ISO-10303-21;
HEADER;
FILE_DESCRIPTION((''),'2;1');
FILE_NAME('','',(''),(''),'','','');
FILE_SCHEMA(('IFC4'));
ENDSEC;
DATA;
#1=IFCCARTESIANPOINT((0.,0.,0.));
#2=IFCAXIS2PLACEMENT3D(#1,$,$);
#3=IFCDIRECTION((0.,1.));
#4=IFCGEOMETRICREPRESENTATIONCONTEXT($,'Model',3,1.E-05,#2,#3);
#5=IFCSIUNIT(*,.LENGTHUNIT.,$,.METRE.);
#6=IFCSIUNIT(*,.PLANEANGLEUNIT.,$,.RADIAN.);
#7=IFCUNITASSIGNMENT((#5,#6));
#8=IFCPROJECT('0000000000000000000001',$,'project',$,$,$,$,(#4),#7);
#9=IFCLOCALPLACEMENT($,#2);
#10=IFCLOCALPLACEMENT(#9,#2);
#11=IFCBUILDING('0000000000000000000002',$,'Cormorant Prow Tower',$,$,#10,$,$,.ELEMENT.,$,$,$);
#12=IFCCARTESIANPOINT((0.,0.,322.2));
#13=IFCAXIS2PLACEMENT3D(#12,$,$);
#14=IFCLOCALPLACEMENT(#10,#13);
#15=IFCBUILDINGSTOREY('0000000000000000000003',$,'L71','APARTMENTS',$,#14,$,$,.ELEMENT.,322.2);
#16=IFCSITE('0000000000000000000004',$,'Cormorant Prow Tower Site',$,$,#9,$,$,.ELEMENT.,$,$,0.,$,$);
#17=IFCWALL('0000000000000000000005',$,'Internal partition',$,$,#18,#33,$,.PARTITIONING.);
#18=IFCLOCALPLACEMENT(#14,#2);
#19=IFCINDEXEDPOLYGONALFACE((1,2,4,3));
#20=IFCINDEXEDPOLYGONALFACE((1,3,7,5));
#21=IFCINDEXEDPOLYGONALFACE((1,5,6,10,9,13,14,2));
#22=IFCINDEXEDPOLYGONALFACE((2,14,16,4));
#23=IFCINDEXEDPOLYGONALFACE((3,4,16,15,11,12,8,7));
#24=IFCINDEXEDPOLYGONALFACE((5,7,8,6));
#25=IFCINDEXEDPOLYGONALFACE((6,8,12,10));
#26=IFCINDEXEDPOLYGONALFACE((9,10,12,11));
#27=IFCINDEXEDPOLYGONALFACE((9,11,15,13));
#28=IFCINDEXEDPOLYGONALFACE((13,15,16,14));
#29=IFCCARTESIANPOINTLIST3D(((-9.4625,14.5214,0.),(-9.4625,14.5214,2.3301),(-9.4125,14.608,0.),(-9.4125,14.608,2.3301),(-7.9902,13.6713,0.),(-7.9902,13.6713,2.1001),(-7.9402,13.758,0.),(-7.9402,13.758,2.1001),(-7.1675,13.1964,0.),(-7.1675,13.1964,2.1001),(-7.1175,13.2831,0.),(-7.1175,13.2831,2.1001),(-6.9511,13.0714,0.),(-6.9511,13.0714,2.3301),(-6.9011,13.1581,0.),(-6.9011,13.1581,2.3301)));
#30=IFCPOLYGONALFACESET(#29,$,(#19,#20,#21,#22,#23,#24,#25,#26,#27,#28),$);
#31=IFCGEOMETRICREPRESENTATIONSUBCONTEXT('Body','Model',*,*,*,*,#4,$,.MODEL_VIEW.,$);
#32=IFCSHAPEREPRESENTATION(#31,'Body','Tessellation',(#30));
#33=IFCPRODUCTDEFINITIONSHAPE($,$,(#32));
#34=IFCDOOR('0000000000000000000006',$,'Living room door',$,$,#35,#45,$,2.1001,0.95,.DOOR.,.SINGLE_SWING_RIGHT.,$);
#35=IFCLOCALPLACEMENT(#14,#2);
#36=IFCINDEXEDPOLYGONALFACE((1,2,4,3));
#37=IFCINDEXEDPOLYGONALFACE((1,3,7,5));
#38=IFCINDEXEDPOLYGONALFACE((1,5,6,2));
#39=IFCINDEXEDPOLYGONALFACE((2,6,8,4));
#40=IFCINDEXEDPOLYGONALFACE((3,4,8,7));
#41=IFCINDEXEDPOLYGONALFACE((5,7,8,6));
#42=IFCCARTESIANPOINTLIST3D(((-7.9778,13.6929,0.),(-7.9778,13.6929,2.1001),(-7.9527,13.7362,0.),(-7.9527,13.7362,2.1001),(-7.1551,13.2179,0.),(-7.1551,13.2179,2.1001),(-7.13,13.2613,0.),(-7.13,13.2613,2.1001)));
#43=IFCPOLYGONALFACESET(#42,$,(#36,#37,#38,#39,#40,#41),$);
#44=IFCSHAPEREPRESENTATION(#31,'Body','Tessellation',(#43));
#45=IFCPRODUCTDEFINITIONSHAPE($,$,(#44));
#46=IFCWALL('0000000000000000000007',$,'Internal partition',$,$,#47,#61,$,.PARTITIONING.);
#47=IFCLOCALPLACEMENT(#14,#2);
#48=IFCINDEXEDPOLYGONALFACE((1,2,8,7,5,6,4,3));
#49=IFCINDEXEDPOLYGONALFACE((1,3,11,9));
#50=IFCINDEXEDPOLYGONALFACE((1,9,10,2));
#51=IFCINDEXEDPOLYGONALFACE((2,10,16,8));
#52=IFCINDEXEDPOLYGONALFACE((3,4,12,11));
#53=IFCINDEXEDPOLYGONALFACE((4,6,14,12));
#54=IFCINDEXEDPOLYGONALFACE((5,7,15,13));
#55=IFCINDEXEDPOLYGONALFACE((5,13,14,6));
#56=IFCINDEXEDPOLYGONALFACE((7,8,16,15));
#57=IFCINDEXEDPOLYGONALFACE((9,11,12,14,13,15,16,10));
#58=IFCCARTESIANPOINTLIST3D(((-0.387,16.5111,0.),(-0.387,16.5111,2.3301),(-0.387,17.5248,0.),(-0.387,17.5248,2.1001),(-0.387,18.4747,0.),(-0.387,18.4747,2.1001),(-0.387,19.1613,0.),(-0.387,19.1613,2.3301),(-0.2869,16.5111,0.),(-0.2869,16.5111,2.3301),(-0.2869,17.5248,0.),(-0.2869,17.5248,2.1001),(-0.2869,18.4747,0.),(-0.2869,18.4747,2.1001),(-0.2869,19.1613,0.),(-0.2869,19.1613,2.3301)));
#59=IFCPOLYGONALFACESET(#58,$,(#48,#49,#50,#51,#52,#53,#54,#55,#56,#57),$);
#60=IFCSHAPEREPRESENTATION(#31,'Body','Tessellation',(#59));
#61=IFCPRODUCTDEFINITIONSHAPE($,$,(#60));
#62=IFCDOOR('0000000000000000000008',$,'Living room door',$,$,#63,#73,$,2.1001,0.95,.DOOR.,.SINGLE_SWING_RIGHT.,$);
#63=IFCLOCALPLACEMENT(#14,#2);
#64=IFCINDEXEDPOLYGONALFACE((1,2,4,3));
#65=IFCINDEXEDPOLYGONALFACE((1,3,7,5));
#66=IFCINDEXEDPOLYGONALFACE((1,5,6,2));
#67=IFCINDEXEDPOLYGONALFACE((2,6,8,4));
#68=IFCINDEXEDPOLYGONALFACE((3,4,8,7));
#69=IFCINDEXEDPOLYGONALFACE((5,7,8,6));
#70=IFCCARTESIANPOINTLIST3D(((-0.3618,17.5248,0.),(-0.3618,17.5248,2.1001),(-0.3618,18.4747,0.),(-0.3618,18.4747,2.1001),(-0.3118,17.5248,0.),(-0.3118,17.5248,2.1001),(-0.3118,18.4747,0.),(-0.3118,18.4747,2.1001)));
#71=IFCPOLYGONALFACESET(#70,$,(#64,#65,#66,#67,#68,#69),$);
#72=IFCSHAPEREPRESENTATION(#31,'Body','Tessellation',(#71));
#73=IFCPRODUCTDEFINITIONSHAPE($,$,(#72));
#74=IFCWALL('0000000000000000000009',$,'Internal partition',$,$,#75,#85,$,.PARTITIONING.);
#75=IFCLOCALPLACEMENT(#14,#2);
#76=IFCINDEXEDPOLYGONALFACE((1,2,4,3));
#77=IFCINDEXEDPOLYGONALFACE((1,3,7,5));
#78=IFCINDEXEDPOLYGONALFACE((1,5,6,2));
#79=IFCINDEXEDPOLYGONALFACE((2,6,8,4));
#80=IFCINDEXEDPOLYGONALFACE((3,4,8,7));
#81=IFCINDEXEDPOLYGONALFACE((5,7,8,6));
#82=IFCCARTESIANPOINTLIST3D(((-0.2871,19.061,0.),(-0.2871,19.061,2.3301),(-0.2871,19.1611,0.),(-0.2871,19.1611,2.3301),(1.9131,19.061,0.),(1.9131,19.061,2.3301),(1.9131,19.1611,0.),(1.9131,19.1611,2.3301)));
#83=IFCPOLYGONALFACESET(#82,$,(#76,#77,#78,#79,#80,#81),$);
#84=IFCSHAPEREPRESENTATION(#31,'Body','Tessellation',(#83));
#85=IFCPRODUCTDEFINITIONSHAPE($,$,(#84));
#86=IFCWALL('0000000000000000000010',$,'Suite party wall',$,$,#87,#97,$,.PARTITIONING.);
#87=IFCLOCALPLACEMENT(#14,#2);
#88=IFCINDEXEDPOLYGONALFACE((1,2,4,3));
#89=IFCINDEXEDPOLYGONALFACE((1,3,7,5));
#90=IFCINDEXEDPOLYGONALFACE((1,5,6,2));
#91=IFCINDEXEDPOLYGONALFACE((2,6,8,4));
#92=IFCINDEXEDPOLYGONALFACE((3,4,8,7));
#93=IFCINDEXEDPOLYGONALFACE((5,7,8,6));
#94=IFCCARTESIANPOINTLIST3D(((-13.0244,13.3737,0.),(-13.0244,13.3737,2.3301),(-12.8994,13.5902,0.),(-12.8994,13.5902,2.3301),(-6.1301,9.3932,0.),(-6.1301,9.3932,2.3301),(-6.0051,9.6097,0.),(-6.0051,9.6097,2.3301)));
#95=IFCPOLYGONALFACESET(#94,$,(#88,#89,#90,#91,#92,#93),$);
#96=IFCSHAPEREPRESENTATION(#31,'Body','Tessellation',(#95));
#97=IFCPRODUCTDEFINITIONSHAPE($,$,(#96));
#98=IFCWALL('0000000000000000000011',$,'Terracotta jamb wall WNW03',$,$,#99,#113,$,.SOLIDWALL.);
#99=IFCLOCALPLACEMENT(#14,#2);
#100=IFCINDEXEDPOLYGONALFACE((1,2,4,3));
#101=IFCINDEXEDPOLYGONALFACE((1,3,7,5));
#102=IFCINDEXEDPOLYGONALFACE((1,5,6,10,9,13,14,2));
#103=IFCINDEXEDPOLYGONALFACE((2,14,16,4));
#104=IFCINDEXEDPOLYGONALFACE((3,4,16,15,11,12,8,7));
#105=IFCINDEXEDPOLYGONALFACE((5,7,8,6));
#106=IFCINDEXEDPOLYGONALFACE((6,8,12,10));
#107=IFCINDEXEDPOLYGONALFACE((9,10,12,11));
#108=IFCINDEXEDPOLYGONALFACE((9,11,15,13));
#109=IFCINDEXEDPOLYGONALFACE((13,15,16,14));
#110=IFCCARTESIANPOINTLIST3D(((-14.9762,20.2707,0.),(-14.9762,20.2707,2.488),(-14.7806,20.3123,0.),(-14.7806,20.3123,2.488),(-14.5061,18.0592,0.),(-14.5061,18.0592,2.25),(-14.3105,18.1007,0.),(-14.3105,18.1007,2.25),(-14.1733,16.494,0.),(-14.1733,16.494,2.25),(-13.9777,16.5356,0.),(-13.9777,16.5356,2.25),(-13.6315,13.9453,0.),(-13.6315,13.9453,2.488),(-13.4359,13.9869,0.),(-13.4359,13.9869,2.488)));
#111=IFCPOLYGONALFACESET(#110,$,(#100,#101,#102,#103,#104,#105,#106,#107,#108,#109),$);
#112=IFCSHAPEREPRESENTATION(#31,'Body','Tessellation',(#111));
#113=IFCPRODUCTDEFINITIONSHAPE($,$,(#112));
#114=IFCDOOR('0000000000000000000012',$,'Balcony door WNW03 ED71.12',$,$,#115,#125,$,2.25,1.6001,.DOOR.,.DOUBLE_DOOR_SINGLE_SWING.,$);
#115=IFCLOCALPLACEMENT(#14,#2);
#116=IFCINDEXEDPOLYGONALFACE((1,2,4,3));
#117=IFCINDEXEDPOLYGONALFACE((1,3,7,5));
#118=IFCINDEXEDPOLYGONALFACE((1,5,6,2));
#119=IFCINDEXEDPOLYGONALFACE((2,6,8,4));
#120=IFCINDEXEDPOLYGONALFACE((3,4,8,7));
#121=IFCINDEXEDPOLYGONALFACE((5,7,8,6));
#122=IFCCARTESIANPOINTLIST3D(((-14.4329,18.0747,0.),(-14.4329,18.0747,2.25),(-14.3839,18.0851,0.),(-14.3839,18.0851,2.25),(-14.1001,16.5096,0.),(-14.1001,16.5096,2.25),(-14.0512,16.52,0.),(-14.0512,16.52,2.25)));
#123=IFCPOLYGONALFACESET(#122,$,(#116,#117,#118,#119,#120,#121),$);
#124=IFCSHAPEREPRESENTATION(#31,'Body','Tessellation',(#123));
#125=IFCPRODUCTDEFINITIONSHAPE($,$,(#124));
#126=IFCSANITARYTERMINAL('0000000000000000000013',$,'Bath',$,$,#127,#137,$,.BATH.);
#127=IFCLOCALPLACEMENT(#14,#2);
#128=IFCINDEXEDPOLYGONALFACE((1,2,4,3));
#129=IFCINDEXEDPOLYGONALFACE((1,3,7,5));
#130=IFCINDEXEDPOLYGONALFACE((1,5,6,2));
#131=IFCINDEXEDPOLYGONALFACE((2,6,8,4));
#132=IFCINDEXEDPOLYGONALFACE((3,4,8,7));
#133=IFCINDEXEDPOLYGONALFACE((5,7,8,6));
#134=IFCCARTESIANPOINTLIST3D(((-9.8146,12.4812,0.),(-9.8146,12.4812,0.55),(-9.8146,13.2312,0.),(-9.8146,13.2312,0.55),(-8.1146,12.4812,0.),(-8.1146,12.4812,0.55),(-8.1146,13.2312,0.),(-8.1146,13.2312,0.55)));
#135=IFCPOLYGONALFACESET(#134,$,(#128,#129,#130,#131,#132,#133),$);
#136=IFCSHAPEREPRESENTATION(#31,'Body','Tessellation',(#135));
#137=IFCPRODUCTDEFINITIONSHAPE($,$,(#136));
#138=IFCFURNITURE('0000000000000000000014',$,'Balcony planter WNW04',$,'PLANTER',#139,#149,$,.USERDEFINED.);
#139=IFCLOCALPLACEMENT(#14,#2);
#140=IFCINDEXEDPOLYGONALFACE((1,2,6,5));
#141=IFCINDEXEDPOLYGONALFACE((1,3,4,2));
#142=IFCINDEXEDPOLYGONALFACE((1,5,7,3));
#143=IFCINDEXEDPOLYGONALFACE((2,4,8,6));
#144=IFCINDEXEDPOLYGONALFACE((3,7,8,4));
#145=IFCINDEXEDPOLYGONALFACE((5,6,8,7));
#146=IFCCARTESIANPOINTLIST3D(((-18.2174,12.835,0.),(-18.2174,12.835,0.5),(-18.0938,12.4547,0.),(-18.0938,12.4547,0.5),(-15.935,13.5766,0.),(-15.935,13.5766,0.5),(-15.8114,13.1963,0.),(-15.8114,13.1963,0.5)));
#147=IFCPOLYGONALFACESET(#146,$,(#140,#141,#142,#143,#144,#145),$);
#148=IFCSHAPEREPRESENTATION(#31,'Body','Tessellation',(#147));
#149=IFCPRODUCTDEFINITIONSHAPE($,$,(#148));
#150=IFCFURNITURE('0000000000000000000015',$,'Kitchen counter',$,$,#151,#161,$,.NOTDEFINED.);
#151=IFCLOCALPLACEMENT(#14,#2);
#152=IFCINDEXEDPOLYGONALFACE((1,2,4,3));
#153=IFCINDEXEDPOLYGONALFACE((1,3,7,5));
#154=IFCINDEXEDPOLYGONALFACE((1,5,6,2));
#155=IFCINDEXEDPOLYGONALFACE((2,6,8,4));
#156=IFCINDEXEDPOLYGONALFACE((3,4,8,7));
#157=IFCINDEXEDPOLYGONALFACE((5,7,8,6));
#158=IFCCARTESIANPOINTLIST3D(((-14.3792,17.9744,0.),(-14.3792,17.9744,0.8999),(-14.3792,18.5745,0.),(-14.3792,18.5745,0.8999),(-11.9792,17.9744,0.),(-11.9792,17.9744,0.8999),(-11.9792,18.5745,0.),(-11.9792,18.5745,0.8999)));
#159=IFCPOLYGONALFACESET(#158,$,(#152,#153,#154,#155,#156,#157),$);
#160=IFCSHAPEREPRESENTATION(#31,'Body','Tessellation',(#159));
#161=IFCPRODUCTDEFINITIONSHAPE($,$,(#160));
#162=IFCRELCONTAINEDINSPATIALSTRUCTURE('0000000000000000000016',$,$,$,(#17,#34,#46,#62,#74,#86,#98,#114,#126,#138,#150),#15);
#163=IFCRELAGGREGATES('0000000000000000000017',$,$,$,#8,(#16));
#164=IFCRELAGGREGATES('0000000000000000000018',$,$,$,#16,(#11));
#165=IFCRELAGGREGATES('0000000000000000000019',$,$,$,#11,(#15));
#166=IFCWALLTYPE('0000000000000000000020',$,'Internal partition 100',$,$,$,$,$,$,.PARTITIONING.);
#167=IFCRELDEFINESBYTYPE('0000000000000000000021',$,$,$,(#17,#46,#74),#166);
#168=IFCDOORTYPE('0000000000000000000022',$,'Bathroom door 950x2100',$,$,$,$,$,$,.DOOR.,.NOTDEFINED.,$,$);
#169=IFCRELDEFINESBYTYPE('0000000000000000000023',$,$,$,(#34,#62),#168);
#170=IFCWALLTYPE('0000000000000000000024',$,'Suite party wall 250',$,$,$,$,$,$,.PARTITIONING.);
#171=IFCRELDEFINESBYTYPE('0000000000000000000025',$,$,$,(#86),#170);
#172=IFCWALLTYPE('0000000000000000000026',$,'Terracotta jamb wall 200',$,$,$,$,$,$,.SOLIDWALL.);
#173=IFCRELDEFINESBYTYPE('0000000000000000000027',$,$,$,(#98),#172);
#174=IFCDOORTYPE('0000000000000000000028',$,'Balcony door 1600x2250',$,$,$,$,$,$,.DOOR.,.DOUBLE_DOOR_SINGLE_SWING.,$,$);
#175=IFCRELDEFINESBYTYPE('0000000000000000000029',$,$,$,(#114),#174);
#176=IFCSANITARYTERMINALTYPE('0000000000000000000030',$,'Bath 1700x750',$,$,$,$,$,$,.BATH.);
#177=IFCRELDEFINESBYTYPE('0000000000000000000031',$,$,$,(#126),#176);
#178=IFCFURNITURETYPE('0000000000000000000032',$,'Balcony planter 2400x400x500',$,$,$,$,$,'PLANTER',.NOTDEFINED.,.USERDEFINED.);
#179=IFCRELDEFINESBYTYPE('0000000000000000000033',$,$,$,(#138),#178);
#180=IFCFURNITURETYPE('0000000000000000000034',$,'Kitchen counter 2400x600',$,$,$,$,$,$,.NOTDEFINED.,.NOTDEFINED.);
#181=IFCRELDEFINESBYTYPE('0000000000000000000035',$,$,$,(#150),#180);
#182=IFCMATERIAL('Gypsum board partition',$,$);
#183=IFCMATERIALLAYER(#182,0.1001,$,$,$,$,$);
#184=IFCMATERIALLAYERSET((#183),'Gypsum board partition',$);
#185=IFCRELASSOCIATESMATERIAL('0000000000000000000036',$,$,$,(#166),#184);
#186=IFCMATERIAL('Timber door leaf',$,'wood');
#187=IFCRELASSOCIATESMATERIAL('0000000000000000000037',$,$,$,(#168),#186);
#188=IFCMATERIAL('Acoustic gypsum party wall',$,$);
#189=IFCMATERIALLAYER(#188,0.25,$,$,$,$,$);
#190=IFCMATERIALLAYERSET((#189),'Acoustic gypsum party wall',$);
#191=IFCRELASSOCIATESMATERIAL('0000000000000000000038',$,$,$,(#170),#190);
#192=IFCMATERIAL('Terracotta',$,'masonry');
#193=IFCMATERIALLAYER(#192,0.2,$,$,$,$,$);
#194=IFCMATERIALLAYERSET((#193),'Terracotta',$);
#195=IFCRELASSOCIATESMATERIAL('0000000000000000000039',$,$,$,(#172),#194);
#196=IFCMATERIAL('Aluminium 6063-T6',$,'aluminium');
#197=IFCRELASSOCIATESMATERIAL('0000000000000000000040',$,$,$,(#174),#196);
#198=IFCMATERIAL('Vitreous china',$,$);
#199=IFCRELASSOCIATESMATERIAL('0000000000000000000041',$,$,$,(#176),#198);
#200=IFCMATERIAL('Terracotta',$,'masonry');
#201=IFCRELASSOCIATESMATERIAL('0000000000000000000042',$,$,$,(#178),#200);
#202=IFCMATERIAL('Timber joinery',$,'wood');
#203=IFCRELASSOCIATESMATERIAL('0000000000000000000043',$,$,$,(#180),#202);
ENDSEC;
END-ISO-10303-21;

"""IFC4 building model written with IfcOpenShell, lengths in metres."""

from ifc_helpers import new_model, si_unit, direction, frame, frame_2d, origin, origin_2d, place, context, subcontext, project, spatial, rectangle, extrude, material, layer, layer_set, type_object, element, fill, save


model = new_model("IFC4")

# Units and contexts
model_context = context("Model", 3, precision=1e-05, world=origin(), true_north=direction((0.0, 1.0)))
body_context = subcontext(model_context, "Body", "Model", "MODEL_VIEW")
ifc_project = project(units=[si_unit("LENGTHUNIT", "METRE"), si_unit("PLANEANGLEUNIT", "RADIAN")], contexts=[model_context])

# Site, building, storey
site_placement = place(None, origin())
site = spatial("IfcSite", under=ifc_project, at=site_placement, Name="Cormorant Prow Tower Site", CompositionType="ELEMENT", RefElevation=0.0)
building_placement = place(site_placement, origin())
building = spatial("IfcBuilding", under=site, at=building_placement, Name="Cormorant Prow Tower", CompositionType="ELEMENT")
storey_placement = place(building_placement, frame((0.0, 0.0, 322.2)))
storey = spatial("IfcBuildingStorey", under=building, at=storey_placement, Name="L71", Description="APARTMENTS", CompositionType="ELEMENT", Elevation=322.2)

# Walls, openings, doors
ifc_material_1 = material(Name="Gypsum board partition")
ifc_layer_1 = layer(ifc_material_1, 0.1001)
ifc_layer_set_1 = layer_set([ifc_layer_1], Name="Gypsum board partition")
wall_type_1 = type_object("IfcWallType", Name="Internal partition 100", PredefinedType="PARTITIONING", material=ifc_layer_set_1)
ifc_material_2 = material(Name="Timber door leaf", Category="wood")
door_type_1 = type_object("IfcDoorType", Name="Bathroom door 950x2100", OperationType="NOTDEFINED", PredefinedType="DOOR", material=ifc_material_2)
wall_1_placement = place(storey_placement, frame((-9.4375, 14.5647, 0.0), z_axis=(0.0, 0.0, 1.0), x_axis=(0.866033, -0.499987, 0.0)))
wall_1 = element("IfcWall", 1, at=wall_1_placement, inside=storey, type_object=wall_type_1, Name="Internal partition", PredefinedType="PARTITIONING", context=body_context, shape_type="SweptSolid", body=[
    extrude(rectangle(XDim=2.8999, YDim=0.1001, at=frame_2d((1.45, 0.0))), origin(), (0.0, 0.0, 1.0), 2.3301),
])
opening_1_placement = place(wall_1_placement, frame((1.7, 0.0, 0.0)))
opening_1 = element("IfcOpeningElement", 2, at=opening_1_placement, cuts=wall_1, PredefinedType="OPENING", context=body_context, shape_type="SweptSolid", body=[
    extrude(rectangle(XDim=0.95, YDim=2.1001, at=frame_2d((0.4751, 1.05))), frame((0.0, 0.0601, 0.0), z_axis=(0.0, -1.0, 0.0), x_axis=(1.0, 0.0, 0.0)), (0.0, 0.0, 1.0), 0.1201),
])
door_1_placement = place(opening_1_placement, origin())
door_1 = element("IfcDoor", 3, at=door_1_placement, inside=storey, type_object=door_type_1, Name="Living room door", OperationType="SINGLE_SWING_RIGHT", OverallHeight=2.1001, OverallWidth=0.95, PredefinedType="DOOR", context=body_context, shape_type="SweptSolid", body=[
    extrude(rectangle(XDim=0.95, YDim=2.1001, at=frame_2d((0.4751, 1.05))), frame((0.0, 0.0249, 0.0), z_axis=(0.0, -1.0, 0.0), x_axis=(1.0, 0.0, 0.0)), (0.0, 0.0, 1.0), 0.05),
])
fill(opening_1, door_1)
wall_2_placement = place(storey_placement, frame((-0.3369, 16.511, 0.0), z_axis=(0.0, 0.0, 1.0), x_axis=(0.0, 1.0, 0.0)))
wall_2 = element("IfcWall", 4, at=wall_2_placement, inside=storey, type_object=wall_type_1, Name="Internal partition", PredefinedType="PARTITIONING", context=body_context, shape_type="SweptSolid", body=[
    extrude(rectangle(XDim=2.6501, YDim=0.1001, at=frame_2d((1.3252, 0.0))), origin(), (0.0, 0.0, 1.0), 2.3301),
])
opening_2_placement = place(wall_2_placement, frame((1.0137, 0.0, 0.0)))
opening_2 = element("IfcOpeningElement", 5, at=opening_2_placement, cuts=wall_2, PredefinedType="OPENING", context=body_context, shape_type="SweptSolid", body=[
    extrude(rectangle(XDim=0.95, YDim=2.1001, at=frame_2d((0.4751, 1.05))), frame((0.0, 0.0601, 0.0), z_axis=(0.0, -1.0, 0.0), x_axis=(1.0, 0.0, 0.0)), (0.0, 0.0, 1.0), 0.1201),
])
door_2_placement = place(opening_2_placement, origin())
door_2 = element("IfcDoor", 6, at=door_2_placement, inside=storey, type_object=door_type_1, Name="Living room door", OperationType="SINGLE_SWING_RIGHT", OverallHeight=2.1001, OverallWidth=0.95, PredefinedType="DOOR", context=body_context, shape_type="SweptSolid", body=[
    extrude(rectangle(XDim=0.95, YDim=2.1001, at=frame_2d((0.4751, 1.05))), frame((0.0, 0.0249, 0.0), z_axis=(0.0, -1.0, 0.0), x_axis=(1.0, 0.0, 0.0)), (0.0, 0.0, 1.0), 0.05),
])
fill(opening_2, door_2)

# Walls
wall_3_placement = place(storey_placement, frame((-0.2871, 19.1111, 0.0), z_axis=(0.0, 0.0, 1.0), x_axis=(1.0, 0.0, 0.0)))
element("IfcWall", 7, at=wall_3_placement, inside=storey, type_object=wall_type_1, Name="Internal partition", PredefinedType="PARTITIONING", context=body_context, shape_type="SweptSolid", body=[
    extrude(rectangle(XDim=2.2002, YDim=0.1001, at=frame_2d((1.1001, 0.0))), origin(), (0.0, 0.0, 1.0), 2.3301),
])
ifc_material_3 = material(Name="Acoustic gypsum party wall")
ifc_layer_2 = layer(ifc_material_3, 0.25)
ifc_layer_set_2 = layer_set([ifc_layer_2], Name="Acoustic gypsum party wall")
wall_type_2 = type_object("IfcWallType", Name="Suite party wall 250", PredefinedType="PARTITIONING", material=ifc_layer_set_2)
wall_4_placement = place(storey_placement, frame((-12.9619, 13.4819, 0.0), z_axis=(0.0, 0.0, 1.0), x_axis=(0.866023, -0.500005, 0.0)))
element("IfcWall", 8, at=wall_4_placement, inside=storey, type_object=wall_type_2, Name="Suite party wall", PredefinedType="PARTITIONING", context=body_context, shape_type="SweptSolid", body=[
    extrude(rectangle(XDim=7.9609, YDim=0.25, at=frame_2d((3.9805, 0.0))), origin(), (0.0, 0.0, 1.0), 2.3301),
])

# Wall, opening, door
ifc_material_4 = material(Name="Terracotta", Category="masonry")
ifc_layer_3 = layer(ifc_material_4, 0.2)
ifc_layer_set_3 = layer_set([ifc_layer_3], Name="Terracotta")
wall_type_3 = type_object("IfcWallType", Name="Terracotta jamb wall 200", PredefinedType="SOLIDWALL", material=ifc_layer_set_3)
wall_5_placement = place(storey_placement, frame((-14.8784, 20.2915, 0.0), z_axis=(0.0, 0.0, 1.0), x_axis=(0.207943, -0.978141, 0.0)))
wall_5 = element("IfcWall", 9, at=wall_5_placement, inside=storey, type_object=wall_type_3, Name="Terracotta jamb wall WNW03", PredefinedType="SOLIDWALL", context=body_context, shape_type="SweptSolid", body=[
    extrude(rectangle(XDim=6.4668, YDim=0.2, at=frame_2d((3.2334, 0.0))), origin(), (0.0, 0.0, 1.0), 2.488),
])
opening_3_placement = place(wall_5_placement, frame((2.261, 0.0, 0.0)))
opening_3 = element("IfcOpeningElement", 10, at=opening_3_placement, cuts=wall_5, PredefinedType="OPENING", context=body_context, shape_type="SweptSolid", body=[
    extrude(rectangle(XDim=1.6001, YDim=2.25, at=frame_2d((0.8, 1.125))), frame((0.0, 0.1099, 0.0), z_axis=(0.0, -1.0, 0.0), x_axis=(1.0, 0.0, 0.0)), (0.0, 0.0, 1.0), 0.22),
])
ifc_material_5 = material(Name="Aluminium 6063-T6", Category="aluminium")
door_type_2 = type_object("IfcDoorType", Name="Balcony door 1600x2250", OperationType="DOUBLE_DOOR_SINGLE_SWING", PredefinedType="DOOR", material=ifc_material_5)
door_3_placement = place(opening_3_placement, origin())
door_3 = element("IfcDoor", 11, at=door_3_placement, inside=storey, type_object=door_type_2, Name="Balcony door WNW03 ED71.12", OperationType="DOUBLE_DOOR_SINGLE_SWING", OverallHeight=2.25, OverallWidth=1.6001, PredefinedType="DOOR", context=body_context, shape_type="SweptSolid", body=[
    extrude(rectangle(XDim=1.6001, YDim=2.25, at=frame_2d((0.8, 1.125))), frame((0.0, 0.0249, 0.0), z_axis=(0.0, -1.0, 0.0), x_axis=(1.0, 0.0, 0.0)), (0.0, 0.0, 1.0), 0.05),
])
fill(opening_3, door_3)

# Sanitary terminal
ifc_material_6 = material(Name="Vitreous china")
sanitary_terminal_type = type_object("IfcSanitaryTerminalType", Name="Bath 1700x750", PredefinedType="BATH", material=ifc_material_6)
sanitary_terminal_placement = place(storey_placement, frame((-8.9646, 12.8562, 0.0), z_axis=(0.0, 0.0, 1.0), x_axis=(1.0, 0.0, 0.0)))
element("IfcSanitaryTerminal", 12, at=sanitary_terminal_placement, inside=storey, type_object=sanitary_terminal_type, Name="Bath", PredefinedType="BATH", context=body_context, shape_type="SweptSolid", body=[
    extrude(rectangle(XDim=1.7, YDim=0.75, at=origin_2d()), origin(), (0.0, 0.0, 1.0), 0.55),
])

# Furniture
ifc_material_7 = material(Name="Terracotta", Category="masonry")
furniture_type_1 = type_object("IfcFurnitureType", Name="Balcony planter 2400x400x500", ElementType="PLANTER", AssemblyPlace="NOTDEFINED", PredefinedType="USERDEFINED", material=ifc_material_7)
furniture_1_placement = place(storey_placement, frame((-17.0144, 13.0156, 0.0), z_axis=(0.0, 0.0, 1.0), x_axis=(-0.951057, -0.309017, 0.0)))
element("IfcFurniture", 13, at=furniture_1_placement, inside=storey, type_object=furniture_type_1, Name="Balcony planter WNW04", ObjectType="PLANTER", PredefinedType="USERDEFINED", context=body_context, shape_type="SweptSolid", body=[
    extrude(rectangle(XDim=2.3999, YDim=0.3999, at=origin_2d()), origin(), (0.0, 0.0, 1.0), 0.5),
])
ifc_material_8 = material(Name="Timber joinery", Category="wood")
furniture_type_2 = type_object("IfcFurnitureType", Name="Kitchen counter 2400x600", AssemblyPlace="NOTDEFINED", PredefinedType="NOTDEFINED", material=ifc_material_8)
furniture_2_placement = place(storey_placement, frame((-13.1792, 18.2744, 0.0), z_axis=(0.0, 0.0, 1.0), x_axis=(1.0, 0.0, 0.0)))
element("IfcFurniture", 14, at=furniture_2_placement, inside=storey, type_object=furniture_type_2, Name="Kitchen counter", PredefinedType="NOTDEFINED", context=body_context, shape_type="SweptSolid", body=[
    extrude(rectangle(XDim=2.3999, YDim=0.6001, at=origin_2d()), origin(), (0.0, 0.0, 1.0), 0.8999),
])

save(model, "model.ifc")
